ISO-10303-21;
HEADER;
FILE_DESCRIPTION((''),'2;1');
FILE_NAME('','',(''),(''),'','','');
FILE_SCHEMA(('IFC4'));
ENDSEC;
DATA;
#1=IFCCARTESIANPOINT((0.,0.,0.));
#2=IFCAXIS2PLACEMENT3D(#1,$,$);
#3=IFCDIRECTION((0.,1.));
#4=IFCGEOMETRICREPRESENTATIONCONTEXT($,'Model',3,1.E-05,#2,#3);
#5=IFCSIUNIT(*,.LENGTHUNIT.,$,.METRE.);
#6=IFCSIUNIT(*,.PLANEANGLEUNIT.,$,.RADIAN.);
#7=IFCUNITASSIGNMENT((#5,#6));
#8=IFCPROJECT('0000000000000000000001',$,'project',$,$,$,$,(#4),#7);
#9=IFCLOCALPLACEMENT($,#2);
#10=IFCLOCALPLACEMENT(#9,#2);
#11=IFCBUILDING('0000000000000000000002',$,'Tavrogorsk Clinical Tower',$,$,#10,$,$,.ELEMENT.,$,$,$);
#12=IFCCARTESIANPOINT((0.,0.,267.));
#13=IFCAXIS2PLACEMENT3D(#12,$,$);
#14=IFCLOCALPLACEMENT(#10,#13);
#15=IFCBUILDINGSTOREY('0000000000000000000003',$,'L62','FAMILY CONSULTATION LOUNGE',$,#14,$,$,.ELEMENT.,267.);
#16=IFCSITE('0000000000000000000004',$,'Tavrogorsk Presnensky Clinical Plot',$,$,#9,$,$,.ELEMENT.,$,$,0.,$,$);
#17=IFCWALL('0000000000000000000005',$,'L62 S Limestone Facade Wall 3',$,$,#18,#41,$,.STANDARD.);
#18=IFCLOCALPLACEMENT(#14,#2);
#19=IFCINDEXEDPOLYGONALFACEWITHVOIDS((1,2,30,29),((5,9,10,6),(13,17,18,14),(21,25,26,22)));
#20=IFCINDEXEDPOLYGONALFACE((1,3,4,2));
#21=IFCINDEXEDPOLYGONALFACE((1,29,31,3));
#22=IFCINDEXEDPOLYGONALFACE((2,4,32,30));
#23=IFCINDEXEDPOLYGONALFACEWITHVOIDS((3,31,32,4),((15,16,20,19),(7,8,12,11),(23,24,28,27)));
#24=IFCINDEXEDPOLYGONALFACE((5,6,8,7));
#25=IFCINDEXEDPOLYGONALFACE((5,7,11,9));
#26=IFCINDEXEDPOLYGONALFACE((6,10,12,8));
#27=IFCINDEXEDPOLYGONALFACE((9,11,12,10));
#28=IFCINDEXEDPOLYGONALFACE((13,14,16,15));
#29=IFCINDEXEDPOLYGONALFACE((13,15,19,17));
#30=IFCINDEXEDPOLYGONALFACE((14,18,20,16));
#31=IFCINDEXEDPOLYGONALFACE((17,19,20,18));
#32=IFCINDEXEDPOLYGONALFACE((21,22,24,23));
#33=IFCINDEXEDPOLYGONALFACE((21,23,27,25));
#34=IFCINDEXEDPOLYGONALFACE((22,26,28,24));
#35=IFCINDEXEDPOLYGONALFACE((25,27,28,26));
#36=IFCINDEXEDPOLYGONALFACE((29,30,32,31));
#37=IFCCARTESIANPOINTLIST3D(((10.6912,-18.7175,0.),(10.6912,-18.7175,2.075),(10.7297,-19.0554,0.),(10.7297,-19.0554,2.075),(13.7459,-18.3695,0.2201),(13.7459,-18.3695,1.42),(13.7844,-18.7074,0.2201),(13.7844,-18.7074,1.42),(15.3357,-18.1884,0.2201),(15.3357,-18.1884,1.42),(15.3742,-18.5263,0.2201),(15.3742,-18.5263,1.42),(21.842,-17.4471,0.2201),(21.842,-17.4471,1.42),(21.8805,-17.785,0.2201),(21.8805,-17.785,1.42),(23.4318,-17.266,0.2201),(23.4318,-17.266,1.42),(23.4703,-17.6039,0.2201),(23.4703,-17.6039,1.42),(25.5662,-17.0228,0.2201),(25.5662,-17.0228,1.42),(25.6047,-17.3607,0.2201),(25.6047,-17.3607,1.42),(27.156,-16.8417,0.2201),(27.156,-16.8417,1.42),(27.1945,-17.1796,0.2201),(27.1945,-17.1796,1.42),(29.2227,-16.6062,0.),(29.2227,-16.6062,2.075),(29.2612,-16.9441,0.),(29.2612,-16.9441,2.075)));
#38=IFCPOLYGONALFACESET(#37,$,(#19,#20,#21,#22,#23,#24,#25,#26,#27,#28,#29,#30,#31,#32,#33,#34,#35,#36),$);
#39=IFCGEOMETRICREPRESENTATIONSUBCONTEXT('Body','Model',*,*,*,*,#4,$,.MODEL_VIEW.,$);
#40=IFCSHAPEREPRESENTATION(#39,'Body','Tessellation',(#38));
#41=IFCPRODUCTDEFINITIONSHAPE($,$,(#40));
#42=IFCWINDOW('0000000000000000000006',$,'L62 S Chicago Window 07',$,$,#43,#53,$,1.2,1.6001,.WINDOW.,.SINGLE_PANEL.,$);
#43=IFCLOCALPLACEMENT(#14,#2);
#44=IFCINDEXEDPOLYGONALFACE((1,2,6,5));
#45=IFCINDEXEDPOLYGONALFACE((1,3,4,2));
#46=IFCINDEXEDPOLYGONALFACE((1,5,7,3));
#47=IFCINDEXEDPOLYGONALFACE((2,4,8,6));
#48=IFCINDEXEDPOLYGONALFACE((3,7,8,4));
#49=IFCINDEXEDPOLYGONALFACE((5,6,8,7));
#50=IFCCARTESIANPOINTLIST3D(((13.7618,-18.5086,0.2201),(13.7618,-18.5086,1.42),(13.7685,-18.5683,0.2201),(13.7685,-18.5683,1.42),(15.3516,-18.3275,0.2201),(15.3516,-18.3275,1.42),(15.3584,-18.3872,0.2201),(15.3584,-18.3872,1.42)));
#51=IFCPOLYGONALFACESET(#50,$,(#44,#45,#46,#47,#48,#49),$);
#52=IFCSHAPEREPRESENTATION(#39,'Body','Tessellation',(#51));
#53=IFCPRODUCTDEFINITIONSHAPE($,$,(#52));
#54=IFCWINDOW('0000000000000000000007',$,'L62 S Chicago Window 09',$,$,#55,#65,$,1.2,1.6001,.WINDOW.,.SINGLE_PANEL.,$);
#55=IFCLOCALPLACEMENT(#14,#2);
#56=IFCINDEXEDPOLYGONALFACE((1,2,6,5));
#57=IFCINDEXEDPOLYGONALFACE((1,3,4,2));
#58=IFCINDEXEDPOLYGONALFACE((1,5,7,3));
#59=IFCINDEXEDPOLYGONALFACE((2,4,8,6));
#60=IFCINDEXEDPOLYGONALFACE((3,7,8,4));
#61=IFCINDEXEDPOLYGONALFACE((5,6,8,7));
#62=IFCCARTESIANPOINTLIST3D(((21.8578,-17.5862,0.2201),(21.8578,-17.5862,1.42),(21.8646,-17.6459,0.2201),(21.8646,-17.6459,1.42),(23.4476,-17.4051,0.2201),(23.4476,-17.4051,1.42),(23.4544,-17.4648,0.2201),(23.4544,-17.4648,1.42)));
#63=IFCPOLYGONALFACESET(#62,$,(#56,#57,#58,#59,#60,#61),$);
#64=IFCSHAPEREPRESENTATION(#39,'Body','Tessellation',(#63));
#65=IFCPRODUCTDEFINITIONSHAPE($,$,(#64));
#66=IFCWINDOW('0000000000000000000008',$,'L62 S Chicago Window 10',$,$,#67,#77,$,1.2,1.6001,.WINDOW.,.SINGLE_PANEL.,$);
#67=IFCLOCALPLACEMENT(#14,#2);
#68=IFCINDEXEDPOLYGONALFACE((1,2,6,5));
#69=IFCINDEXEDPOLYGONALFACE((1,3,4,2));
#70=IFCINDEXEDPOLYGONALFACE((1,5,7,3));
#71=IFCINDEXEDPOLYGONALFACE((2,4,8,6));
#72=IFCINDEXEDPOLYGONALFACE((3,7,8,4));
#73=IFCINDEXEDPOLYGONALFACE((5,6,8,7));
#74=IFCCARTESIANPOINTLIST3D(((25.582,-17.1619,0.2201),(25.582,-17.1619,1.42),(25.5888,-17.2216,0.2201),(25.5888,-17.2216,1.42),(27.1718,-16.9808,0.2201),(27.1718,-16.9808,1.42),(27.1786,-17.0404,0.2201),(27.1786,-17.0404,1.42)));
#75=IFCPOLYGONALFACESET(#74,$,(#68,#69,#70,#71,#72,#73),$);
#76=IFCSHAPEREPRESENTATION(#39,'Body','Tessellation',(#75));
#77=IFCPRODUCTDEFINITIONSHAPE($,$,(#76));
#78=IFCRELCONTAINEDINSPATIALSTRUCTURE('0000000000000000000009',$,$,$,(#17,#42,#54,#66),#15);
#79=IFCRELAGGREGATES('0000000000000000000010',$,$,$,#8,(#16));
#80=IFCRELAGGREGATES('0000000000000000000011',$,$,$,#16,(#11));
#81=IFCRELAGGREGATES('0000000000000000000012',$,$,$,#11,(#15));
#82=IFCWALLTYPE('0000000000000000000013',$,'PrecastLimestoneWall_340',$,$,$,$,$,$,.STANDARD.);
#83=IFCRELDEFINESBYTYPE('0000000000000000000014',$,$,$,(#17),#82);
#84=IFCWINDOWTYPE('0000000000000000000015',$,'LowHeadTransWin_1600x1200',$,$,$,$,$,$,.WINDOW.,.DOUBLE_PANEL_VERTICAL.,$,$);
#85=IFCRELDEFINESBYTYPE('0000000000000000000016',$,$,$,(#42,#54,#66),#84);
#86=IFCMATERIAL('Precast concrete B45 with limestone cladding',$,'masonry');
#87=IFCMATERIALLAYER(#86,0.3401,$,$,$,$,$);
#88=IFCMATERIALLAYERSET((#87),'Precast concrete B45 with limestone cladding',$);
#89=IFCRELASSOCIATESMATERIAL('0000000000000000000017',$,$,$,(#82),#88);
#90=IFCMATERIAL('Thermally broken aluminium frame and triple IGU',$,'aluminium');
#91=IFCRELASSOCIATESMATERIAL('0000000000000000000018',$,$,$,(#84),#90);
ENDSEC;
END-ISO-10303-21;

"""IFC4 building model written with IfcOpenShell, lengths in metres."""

from ifc_helpers import new_model, si_unit, direction, frame, frame_2d, origin, place, context, subcontext, project, spatial, rectangle, extrude, material, layer, layer_set, type_object, element, fill, save


model = new_model("IFC4")

# Units and contexts
model_context = context("Model", 3, precision=1e-05, world=origin(), true_north=direction((0.0, 1.0)))
body_context = subcontext(model_context, "Body", "Model", "MODEL_VIEW")
ifc_project = project(units=[si_unit("LENGTHUNIT", "METRE"), si_unit("PLANEANGLEUNIT", "RADIAN")], contexts=[model_context])

# Site, building, storey
site_placement = place(None, origin())
site = spatial("IfcSite", under=ifc_project, at=site_placement, Name="Tavrogorsk Presnensky Clinical Plot", CompositionType="ELEMENT", RefElevation=0.0)
building_placement = place(site_placement, origin())
building = spatial("IfcBuilding", under=site, at=building_placement, Name="Tavrogorsk Clinical Tower", CompositionType="ELEMENT")
storey_placement = place(building_placement, frame((0.0, 0.0, 267.0)))
storey = spatial("IfcBuildingStorey", under=building, at=storey_placement, Name="L62", Description="FAMILY CONSULTATION LOUNGE", CompositionType="ELEMENT", Elevation=267.0)

# Wall, openings, windows
ifc_material_1 = material(Name="Precast concrete B45 with limestone cladding", Category="masonry")
ifc_layer_1 = layer(ifc_material_1, 0.3401)
ifc_layer_set_1 = layer_set([ifc_layer_1], Name="Precast concrete B45 with limestone cladding")
wall_type_1 = type_object("IfcWallType", Name="PrecastLimestoneWall_340", PredefinedType="STANDARD", material=ifc_layer_set_1)
wall_1_placement = place(storey_placement, frame((10.7104, -18.8865, 0.0), z_axis=(0.0, 0.0, 1.0), x_axis=(0.993572, 0.1132, 0.0)))
wall_1 = element("IfcWall", 1, at=wall_1_placement, inside=storey, type_object=wall_type_1, Name="L62 S Limestone Facade Wall 3", PredefinedType="STANDARD", context=body_context, shape_type="SweptSolid", body=[
    extrude(rectangle(XDim=18.6514, YDim=0.3401, at=frame_2d((9.3257, 0.0))), origin(), (0.0, 0.0, 1.0), 2.075),
])
opening_1_placement = place(wall_1_placement, frame((3.0745, 0.0, 0.22)))
opening_1 = element("IfcOpeningElement", 2, at=opening_1_placement, cuts=wall_1, PredefinedType="OPENING", context=body_context, shape_type="SweptSolid", body=[
    extrude(rectangle(XDim=1.6001, YDim=1.2, at=frame_2d((0.8, 0.6001))), frame((0.0, 0.1799, 0.0), z_axis=(0.0, -1.0, 0.0), x_axis=(1.0, 0.0, 0.0)), (0.0, 0.0, 1.0), 0.3601),
])
opening_2_placement = place(wall_1_placement, frame((11.2229, 0.0, 0.22)))
opening_2 = element("IfcOpeningElement", 3, at=opening_2_placement, cuts=wall_1, PredefinedType="OPENING", context=body_context, shape_type="SweptSolid", body=[
    extrude(rectangle(XDim=1.6001, YDim=1.2, at=frame_2d((0.8, 0.6001))), frame((0.0, 0.1799, 0.0), z_axis=(0.0, -1.0, 0.0), x_axis=(1.0, 0.0, 0.0)), (0.0, 0.0, 1.0), 0.3601),
])
opening_3_placement = place(wall_1_placement, frame((14.9712, 0.0, 0.22)))
opening_3 = element("IfcOpeningElement", 4, at=opening_3_placement, cuts=wall_1, PredefinedType="OPENING", context=body_context, shape_type="SweptSolid", body=[
    extrude(rectangle(XDim=1.6001, YDim=1.2, at=frame_2d((0.8, 0.6001))), frame((0.0, 0.1799, 0.0), z_axis=(0.0, -1.0, 0.0), x_axis=(1.0, 0.0, 0.0)), (0.0, 0.0, 1.0), 0.3601),
])
ifc_material_2 = material(Name="Thermally broken aluminium frame and triple IGU", Category="aluminium")
window_type = type_object("IfcWindowType", Name="LowHeadTransWin_1600x1200", PartitioningType="DOUBLE_PANEL_VERTICAL", PredefinedType="WINDOW", material=ifc_material_2)
window_1_placement = place(opening_1_placement, origin())
window_1 = element("IfcWindow", 5, at=window_1_placement, inside=storey, type_object=window_type, Name="L62 S Chicago Window 07", OverallHeight=1.2, OverallWidth=1.6001, PartitioningType="SINGLE_PANEL", PredefinedType="WINDOW", context=body_context, shape_type="SweptSolid", body=[
    extrude(rectangle(XDim=1.6001, YDim=1.2, at=frame_2d((0.8, 0.6001))), frame((0.0, 0.03, 0.0), z_axis=(0.0, -1.0, 0.0), x_axis=(1.0, 0.0, 0.0)), (0.0, 0.0, 1.0), 0.0601),
])
fill(opening_1, window_1)
window_2_placement = place(opening_2_placement, origin())
window_2 = element("IfcWindow", 6, at=window_2_placement, inside=storey, type_object=window_type, Name="L62 S Chicago Window 09", OverallHeight=1.2, OverallWidth=1.6001, PartitioningType="SINGLE_PANEL", PredefinedType="WINDOW", context=body_context, shape_type="SweptSolid", body=[
    extrude(rectangle(XDim=1.6001, YDim=1.2, at=frame_2d((0.8, 0.6001))), frame((0.0, 0.03, 0.0), z_axis=(0.0, -1.0, 0.0), x_axis=(1.0, 0.0, 0.0)), (0.0, 0.0, 1.0), 0.0601),
])
fill(opening_2, window_2)
window_3_placement = place(opening_3_placement, origin())
window_3 = element("IfcWindow", 7, at=window_3_placement, inside=storey, type_object=window_type, Name="L62 S Chicago Window 10", OverallHeight=1.2, OverallWidth=1.6001, PartitioningType="SINGLE_PANEL", PredefinedType="WINDOW", context=body_context, shape_type="SweptSolid", body=[
    extrude(rectangle(XDim=1.6001, YDim=1.2, at=frame_2d((0.8, 0.6001))), frame((0.0, 0.03, 0.0), z_axis=(0.0, -1.0, 0.0), x_axis=(1.0, 0.0, 0.0)), (0.0, 0.0, 1.0), 0.0601),
])
fill(opening_3, window_3)

save(model, "model.ifc")
